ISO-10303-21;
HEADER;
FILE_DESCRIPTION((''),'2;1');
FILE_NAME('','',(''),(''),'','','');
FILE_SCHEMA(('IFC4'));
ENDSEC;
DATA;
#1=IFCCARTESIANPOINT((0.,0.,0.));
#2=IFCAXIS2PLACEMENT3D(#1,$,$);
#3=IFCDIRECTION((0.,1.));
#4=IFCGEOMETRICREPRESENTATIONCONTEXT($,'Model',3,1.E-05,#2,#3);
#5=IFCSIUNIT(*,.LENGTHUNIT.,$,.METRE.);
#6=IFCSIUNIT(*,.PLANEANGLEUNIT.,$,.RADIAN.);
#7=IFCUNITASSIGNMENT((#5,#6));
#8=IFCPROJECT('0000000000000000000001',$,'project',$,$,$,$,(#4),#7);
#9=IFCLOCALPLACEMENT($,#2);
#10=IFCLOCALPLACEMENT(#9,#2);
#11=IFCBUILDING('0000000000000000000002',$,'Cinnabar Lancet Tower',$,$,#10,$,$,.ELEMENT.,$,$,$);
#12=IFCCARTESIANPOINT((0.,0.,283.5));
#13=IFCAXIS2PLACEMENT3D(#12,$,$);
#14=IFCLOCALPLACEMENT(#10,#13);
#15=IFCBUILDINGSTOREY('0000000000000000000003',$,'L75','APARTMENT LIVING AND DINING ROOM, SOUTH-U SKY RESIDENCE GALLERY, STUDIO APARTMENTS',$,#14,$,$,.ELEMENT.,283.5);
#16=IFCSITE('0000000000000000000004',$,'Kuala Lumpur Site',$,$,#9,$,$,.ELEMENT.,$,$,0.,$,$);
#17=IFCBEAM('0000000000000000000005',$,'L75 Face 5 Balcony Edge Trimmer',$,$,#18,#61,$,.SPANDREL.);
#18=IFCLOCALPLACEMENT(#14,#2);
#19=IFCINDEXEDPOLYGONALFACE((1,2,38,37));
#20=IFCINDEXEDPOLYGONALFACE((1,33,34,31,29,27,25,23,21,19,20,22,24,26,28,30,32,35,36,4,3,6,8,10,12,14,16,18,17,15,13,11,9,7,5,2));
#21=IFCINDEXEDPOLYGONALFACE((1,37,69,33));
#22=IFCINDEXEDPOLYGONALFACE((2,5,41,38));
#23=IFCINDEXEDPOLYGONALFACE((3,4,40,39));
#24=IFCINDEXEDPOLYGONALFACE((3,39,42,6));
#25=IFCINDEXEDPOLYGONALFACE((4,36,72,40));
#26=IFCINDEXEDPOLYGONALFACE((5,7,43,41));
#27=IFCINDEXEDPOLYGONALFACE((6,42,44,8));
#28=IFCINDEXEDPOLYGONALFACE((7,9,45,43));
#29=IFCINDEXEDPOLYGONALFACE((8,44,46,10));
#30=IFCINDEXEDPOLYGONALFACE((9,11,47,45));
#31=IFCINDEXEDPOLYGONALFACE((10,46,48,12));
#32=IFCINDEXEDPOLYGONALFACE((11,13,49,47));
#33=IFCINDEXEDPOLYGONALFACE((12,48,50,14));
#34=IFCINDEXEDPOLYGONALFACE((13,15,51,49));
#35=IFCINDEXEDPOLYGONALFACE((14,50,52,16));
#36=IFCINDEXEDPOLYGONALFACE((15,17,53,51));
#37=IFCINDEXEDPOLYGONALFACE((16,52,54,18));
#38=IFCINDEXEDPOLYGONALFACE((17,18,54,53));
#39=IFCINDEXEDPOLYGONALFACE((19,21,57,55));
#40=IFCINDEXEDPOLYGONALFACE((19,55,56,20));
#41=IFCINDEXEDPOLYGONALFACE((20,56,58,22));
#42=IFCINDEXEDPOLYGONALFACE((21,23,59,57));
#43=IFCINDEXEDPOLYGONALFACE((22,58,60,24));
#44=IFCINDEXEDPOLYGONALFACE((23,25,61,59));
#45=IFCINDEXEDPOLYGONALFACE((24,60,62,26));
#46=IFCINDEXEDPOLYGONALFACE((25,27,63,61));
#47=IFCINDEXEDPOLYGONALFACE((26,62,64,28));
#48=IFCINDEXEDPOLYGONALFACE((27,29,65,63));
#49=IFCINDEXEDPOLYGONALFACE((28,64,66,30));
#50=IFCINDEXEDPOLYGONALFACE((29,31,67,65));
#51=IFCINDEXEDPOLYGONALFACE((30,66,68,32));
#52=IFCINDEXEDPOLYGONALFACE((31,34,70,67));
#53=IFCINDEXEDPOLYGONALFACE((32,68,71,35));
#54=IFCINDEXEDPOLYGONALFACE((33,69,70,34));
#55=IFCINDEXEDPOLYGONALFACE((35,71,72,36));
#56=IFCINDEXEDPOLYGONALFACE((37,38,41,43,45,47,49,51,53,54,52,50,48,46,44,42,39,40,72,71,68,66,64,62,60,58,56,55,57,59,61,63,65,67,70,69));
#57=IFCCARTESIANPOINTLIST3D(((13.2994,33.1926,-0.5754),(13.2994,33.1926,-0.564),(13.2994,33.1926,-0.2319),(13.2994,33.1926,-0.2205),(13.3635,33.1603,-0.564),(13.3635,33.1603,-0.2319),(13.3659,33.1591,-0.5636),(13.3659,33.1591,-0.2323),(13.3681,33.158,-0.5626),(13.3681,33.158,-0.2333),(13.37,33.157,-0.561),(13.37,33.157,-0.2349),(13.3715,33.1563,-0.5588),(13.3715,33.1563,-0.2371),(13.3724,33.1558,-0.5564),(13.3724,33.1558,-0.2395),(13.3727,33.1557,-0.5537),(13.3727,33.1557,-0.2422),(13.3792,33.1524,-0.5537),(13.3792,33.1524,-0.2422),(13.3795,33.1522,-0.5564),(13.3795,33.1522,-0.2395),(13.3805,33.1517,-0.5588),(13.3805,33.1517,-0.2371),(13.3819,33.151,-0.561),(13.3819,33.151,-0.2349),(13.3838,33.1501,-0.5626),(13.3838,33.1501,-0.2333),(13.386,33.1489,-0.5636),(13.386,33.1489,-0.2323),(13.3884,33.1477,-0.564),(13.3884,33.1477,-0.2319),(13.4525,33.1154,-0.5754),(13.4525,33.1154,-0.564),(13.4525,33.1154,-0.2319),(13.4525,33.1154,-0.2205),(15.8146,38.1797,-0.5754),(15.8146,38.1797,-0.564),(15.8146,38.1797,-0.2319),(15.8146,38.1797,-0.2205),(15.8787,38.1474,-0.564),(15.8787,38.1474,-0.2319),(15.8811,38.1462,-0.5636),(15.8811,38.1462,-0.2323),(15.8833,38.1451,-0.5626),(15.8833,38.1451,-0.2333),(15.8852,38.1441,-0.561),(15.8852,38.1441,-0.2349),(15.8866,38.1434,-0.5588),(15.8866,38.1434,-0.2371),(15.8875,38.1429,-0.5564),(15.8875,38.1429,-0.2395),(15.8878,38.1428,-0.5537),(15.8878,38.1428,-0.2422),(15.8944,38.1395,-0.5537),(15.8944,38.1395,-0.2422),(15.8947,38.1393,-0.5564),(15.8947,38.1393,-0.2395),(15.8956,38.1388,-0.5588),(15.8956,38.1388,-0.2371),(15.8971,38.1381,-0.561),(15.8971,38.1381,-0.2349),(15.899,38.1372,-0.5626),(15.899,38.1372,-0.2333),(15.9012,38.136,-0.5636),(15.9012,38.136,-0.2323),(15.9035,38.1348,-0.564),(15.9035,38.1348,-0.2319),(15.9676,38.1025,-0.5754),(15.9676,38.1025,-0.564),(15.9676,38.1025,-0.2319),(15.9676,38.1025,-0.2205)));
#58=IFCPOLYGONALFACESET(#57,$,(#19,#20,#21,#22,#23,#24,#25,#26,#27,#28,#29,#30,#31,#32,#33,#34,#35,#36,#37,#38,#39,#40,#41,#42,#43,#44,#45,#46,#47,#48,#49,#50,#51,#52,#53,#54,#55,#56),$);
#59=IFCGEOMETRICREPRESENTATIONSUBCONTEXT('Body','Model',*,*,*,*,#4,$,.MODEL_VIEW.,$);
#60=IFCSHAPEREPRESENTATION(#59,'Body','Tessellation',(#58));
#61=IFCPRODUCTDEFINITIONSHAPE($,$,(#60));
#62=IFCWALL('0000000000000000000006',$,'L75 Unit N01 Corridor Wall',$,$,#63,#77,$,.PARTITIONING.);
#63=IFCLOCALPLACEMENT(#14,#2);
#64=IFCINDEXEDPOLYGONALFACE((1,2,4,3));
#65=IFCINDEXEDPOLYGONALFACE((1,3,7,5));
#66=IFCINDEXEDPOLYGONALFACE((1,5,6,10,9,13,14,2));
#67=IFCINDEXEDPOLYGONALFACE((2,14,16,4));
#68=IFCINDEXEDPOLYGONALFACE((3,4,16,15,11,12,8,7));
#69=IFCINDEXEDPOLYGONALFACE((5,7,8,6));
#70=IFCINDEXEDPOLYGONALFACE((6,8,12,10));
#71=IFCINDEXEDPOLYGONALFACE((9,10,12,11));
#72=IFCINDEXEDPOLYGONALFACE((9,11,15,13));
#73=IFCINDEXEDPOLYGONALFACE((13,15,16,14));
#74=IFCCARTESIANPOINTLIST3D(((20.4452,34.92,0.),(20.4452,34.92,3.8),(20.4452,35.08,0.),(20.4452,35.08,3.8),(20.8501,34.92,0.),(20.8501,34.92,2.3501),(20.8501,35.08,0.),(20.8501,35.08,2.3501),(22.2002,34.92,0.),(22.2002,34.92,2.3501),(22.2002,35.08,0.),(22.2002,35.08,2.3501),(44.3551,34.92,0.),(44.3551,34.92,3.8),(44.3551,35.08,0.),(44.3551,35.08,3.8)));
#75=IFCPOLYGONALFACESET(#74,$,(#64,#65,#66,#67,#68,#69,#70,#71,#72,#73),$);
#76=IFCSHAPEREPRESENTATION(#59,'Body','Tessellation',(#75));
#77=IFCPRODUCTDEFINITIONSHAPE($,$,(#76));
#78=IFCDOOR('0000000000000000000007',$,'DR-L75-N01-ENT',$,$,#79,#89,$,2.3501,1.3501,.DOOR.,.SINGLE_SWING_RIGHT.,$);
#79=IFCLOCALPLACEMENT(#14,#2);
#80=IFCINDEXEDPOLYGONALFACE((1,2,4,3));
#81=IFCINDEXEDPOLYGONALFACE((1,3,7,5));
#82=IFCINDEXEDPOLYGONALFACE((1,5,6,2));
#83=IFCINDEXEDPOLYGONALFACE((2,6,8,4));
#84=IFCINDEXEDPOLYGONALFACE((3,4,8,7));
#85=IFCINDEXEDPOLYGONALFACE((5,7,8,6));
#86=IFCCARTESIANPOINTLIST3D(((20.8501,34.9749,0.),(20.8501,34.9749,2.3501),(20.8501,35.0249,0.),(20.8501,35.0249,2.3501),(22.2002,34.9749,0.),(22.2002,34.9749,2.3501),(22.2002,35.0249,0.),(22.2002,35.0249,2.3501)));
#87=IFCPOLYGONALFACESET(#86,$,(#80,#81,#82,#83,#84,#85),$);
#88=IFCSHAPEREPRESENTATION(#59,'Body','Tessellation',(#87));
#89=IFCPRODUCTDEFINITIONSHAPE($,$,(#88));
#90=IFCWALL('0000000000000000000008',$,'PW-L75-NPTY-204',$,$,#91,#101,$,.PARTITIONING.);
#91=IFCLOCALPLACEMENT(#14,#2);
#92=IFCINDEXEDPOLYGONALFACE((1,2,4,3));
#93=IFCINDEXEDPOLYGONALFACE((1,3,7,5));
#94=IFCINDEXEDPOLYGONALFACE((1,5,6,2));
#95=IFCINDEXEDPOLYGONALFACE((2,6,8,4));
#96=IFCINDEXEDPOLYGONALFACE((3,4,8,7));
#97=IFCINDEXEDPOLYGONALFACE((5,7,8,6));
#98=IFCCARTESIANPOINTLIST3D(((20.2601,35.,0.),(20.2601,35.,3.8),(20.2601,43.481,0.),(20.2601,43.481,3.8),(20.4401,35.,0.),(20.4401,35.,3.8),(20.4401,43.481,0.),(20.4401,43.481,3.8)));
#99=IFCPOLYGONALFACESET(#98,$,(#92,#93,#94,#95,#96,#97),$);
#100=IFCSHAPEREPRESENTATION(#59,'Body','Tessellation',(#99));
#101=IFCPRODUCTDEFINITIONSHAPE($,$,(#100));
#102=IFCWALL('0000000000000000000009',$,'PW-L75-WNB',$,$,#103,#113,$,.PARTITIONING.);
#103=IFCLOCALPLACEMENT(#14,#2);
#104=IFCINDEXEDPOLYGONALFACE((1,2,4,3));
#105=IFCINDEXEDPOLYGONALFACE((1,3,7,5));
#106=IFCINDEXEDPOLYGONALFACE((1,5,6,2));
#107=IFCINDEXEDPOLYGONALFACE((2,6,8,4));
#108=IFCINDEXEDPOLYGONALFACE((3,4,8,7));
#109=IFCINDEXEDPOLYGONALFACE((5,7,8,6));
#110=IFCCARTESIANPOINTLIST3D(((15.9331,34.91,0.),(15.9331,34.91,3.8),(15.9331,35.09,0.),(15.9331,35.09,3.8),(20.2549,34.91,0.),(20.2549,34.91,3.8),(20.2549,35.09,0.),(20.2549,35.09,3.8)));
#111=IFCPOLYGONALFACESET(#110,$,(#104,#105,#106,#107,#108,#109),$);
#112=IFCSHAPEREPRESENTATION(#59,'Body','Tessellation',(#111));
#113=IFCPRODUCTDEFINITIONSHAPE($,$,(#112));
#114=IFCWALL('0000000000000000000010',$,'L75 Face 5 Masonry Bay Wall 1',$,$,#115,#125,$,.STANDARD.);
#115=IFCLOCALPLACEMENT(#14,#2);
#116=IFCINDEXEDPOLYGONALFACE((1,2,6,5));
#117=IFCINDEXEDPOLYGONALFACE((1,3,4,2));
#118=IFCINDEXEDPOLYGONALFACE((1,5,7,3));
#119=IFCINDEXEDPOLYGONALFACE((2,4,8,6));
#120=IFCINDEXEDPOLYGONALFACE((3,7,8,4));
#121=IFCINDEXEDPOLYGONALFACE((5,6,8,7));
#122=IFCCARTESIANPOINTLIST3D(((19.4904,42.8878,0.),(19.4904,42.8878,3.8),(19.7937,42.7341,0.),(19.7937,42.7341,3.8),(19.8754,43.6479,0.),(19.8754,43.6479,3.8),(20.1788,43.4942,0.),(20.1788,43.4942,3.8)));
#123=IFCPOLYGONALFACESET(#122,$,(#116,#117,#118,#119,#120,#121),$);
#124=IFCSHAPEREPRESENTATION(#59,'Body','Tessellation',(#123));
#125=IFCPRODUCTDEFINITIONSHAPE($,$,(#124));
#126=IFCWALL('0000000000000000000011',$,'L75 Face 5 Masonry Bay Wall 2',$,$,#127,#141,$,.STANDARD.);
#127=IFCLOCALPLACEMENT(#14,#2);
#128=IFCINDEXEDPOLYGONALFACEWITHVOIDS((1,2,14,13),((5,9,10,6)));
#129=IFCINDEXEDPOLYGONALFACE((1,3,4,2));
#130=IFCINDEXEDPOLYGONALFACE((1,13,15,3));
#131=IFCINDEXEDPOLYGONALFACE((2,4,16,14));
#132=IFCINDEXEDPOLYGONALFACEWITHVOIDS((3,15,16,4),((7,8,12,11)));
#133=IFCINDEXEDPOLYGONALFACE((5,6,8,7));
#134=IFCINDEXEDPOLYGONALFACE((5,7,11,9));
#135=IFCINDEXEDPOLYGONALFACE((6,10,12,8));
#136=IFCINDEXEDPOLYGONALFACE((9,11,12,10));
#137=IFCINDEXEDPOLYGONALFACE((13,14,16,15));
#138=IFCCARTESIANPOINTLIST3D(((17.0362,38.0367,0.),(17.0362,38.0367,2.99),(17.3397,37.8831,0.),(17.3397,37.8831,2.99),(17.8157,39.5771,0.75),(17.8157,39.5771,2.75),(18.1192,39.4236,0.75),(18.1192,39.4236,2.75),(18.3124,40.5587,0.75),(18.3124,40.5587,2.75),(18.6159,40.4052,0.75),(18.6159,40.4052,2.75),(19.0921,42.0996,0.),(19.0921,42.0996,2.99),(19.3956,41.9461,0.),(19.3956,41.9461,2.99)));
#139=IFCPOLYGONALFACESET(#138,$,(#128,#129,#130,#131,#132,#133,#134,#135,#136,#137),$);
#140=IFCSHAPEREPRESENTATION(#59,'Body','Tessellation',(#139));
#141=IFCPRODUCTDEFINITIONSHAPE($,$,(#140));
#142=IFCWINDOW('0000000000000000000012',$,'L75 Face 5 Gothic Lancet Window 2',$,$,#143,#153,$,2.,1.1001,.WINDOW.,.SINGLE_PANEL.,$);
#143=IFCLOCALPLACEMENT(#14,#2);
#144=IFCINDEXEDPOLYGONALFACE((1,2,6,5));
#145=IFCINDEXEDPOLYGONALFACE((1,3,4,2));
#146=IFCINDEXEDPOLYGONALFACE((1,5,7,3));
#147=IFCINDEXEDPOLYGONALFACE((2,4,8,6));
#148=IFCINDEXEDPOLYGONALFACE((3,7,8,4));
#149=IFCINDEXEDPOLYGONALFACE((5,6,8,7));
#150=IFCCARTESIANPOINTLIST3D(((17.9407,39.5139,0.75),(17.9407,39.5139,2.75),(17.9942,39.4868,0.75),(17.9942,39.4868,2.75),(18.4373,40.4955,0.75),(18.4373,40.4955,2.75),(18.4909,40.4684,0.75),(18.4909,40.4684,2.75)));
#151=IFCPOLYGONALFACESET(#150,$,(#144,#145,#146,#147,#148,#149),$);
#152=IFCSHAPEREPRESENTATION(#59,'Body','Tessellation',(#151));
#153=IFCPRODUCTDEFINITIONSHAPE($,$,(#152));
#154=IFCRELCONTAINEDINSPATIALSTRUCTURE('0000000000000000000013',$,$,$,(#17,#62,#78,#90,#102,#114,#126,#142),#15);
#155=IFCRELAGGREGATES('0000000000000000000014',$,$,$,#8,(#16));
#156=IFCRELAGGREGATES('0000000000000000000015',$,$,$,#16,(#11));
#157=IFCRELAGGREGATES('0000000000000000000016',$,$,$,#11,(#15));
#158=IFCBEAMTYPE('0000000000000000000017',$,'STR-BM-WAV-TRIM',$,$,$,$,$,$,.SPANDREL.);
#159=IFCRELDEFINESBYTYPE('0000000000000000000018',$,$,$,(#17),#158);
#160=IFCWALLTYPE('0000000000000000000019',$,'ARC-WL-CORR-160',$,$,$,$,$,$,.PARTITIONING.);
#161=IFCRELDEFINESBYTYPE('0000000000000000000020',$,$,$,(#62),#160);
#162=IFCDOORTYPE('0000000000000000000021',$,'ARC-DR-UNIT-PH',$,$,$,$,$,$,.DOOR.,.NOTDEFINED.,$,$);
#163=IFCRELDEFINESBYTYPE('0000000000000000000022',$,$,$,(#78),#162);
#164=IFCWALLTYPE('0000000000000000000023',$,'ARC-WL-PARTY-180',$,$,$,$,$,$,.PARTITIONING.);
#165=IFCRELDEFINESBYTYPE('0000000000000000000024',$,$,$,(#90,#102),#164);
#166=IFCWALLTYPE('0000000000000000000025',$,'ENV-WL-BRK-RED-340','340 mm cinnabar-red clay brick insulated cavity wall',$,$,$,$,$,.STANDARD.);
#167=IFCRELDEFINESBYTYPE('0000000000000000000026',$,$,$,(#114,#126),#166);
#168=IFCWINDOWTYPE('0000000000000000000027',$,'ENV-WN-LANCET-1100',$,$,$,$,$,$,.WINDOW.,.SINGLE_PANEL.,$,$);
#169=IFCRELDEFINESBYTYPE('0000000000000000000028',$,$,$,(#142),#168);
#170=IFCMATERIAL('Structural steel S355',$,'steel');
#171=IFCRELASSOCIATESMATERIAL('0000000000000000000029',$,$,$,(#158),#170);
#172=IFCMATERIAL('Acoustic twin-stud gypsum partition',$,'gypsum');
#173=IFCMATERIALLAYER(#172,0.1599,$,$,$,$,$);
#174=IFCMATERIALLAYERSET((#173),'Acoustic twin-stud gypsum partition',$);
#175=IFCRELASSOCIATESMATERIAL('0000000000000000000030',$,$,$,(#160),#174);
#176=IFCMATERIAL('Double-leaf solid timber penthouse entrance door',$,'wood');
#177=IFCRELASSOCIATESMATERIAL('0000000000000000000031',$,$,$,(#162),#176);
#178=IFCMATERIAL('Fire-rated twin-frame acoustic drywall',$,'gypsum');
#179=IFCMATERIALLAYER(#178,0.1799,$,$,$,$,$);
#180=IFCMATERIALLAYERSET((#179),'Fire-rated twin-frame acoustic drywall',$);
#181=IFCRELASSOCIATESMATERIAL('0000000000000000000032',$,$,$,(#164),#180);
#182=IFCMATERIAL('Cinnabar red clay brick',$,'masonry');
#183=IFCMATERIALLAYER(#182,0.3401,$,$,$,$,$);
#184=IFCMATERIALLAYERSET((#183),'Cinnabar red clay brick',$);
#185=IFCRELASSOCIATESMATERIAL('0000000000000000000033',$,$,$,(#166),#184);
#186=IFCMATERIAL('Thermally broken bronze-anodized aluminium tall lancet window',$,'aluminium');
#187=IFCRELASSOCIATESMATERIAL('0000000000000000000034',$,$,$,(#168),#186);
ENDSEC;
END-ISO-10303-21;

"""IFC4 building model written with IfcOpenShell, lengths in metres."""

from ifc_helpers import new_model, si_unit, direction, frame, frame_2d, origin, origin_2d, place, context, subcontext, project, spatial, rectangle, i_section, extrude, material, layer, layer_set, material_profile, profile_set, type_object, element, fill, save


model = new_model("IFC4")

# Units and contexts
model_context = context("Model", 3, precision=1e-05, world=origin(), true_north=direction((0.0, 1.0)))
body_context = subcontext(model_context, "Body", "Model", "MODEL_VIEW")
ifc_project = project(units=[si_unit("LENGTHUNIT", "METRE"), si_unit("PLANEANGLEUNIT", "RADIAN")], contexts=[model_context])

# Site, building, storey
site_placement = place(None, origin())
site = spatial("IfcSite", under=ifc_project, at=site_placement, Name="Kuala Lumpur Site", CompositionType="ELEMENT", RefElevation=0.0)
building_placement = place(site_placement, origin())
building = spatial("IfcBuilding", under=site, at=building_placement, Name="Cinnabar Lancet Tower", CompositionType="ELEMENT")
storey_placement = place(building_placement, frame((0.0, 0.0, 283.5)))
storey = spatial("IfcBuildingStorey", under=building, at=storey_placement, Name="L75", Description="APARTMENT LIVING AND DINING ROOM, SOUTH-U SKY RESIDENCE GALLERY, STUDIO APARTMENTS", CompositionType="ELEMENT", Elevation=283.5)

# Beam
ifc_material_1 = material(Name="Structural steel S355", Category="steel")
ifc_material_profile_1 = material_profile(ifc_material_1, i_section(OverallWidth=0.1714, OverallDepth=0.355, WebThickness=0.0073, FlangeThickness=0.0115, FilletRadius=0.0103, at=origin_2d()), Name="UKB 356x171x51")
ifc_profile_set_1 = profile_set([ifc_material_profile_1], Name="Structural steel S355")
beam_type_1 = type_object("IfcBeamType", Name="STR-BM-WAV-TRIM", PredefinedType="SPANDREL", material=ifc_profile_set_1)
beam_1_placement = place(storey_placement, frame((15.8911, 38.1411, -0.3979), z_axis=(-0.450306, -0.892874, 0.0), x_axis=(0.892874, -0.450306, 0.0)))
element("IfcBeam", 1, at=beam_1_placement, inside=storey, type_object=beam_type_1, Name="L75 Face 5 Balcony Edge Trimmer", PredefinedType="SPANDREL", context=body_context, shape_type="SweptSolid", body=[
    extrude(i_section(OverallWidth=0.1714, OverallDepth=0.355, WebThickness=0.0073, FlangeThickness=0.0115, FilletRadius=0.0103, at=origin_2d()), origin(), (0.0, 0.0, 1.0), 5.5854),
])

# Wall, opening, door
ifc_material_2 = material(Name="Acoustic twin-stud gypsum partition", Category="gypsum")
ifc_layer_1 = layer(ifc_material_2, 0.1599)
ifc_layer_set_1 = layer_set([ifc_layer_1], Name="Acoustic twin-stud gypsum partition")
wall_type_1 = type_object("IfcWallType", Name="ARC-WL-CORR-160", PredefinedType="PARTITIONING", material=ifc_layer_set_1)
wall_1_placement = place(storey_placement, frame((20.4451, 35.0, 0.0), z_axis=(0.0, 0.0, 1.0), x_axis=(1.0, 0.0, 0.0)))
wall_1 = element("IfcWall", 2, at=wall_1_placement, inside=storey, type_object=wall_type_1, Name="L75 Unit N01 Corridor Wall", PredefinedType="PARTITIONING", context=body_context, shape_type="SweptSolid", body=[
    extrude(rectangle(XDim=23.9099, YDim=0.1599, at=frame_2d((11.9551, 0.0))), origin(), (0.0, 0.0, 1.0), 3.8),
])
opening_1_placement = place(wall_1_placement, frame((0.405, 0.0, 0.0)))
opening_1 = element("IfcOpeningElement", 3, at=opening_1_placement, cuts=wall_1, PredefinedType="OPENING", context=body_context, shape_type="SweptSolid", body=[
    extrude(rectangle(XDim=1.3501, YDim=2.3501, at=frame_2d((0.675, 1.175))), frame((0.0, 0.0898, 0.0), z_axis=(0.0, -1.0, 0.0), x_axis=(1.0, 0.0, 0.0)), (0.0, 0.0, 1.0), 0.1799),
])
ifc_material_3 = material(Name="Double-leaf solid timber penthouse entrance door", Category="wood")
door_type_1 = type_object("IfcDoorType", Name="ARC-DR-UNIT-PH", OperationType="NOTDEFINED", PredefinedType="DOOR", material=ifc_material_3)
door_1_placement = place(opening_1_placement, origin())
door_1 = element("IfcDoor", 4, at=door_1_placement, inside=storey, type_object=door_type_1, Name="DR-L75-N01-ENT", OperationType="SINGLE_SWING_RIGHT", OverallHeight=2.3501, OverallWidth=1.3501, PredefinedType="DOOR", context=body_context, shape_type="SweptSolid", body=[
    extrude(rectangle(XDim=1.3501, YDim=2.3501, at=frame_2d((0.675, 1.175))), frame((0.0, 0.0249, 0.0), z_axis=(0.0, -1.0, 0.0), x_axis=(1.0, 0.0, 0.0)), (0.0, 0.0, 1.0), 0.05),
])
fill(opening_1, door_1)

# Walls
ifc_material_4 = material(Name="Fire-rated twin-frame acoustic drywall", Category="gypsum")
ifc_layer_2 = layer(ifc_material_4, 0.1799)
ifc_layer_set_2 = layer_set([ifc_layer_2], Name="Fire-rated twin-frame acoustic drywall")
wall_type_2 = type_object("IfcWallType", Name="ARC-WL-PARTY-180", PredefinedType="PARTITIONING", material=ifc_layer_set_2)
wall_2_placement = place(storey_placement, frame((20.3501, 35.0, 0.0), z_axis=(0.0, 0.0, 1.0), x_axis=(0.0, 1.0, 0.0)))
element("IfcWall", 5, at=wall_2_placement, inside=storey, type_object=wall_type_2, Name="PW-L75-NPTY-204", PredefinedType="PARTITIONING", context=body_context, shape_type="SweptSolid", body=[
    extrude(rectangle(XDim=8.481, YDim=0.1799, at=frame_2d((4.2405, 0.0))), origin(), (0.0, 0.0, 1.0), 3.8),
])
wall_3_placement = place(storey_placement, frame((15.9331, 35.0, 0.0), z_axis=(0.0, 0.0, 1.0), x_axis=(1.0, 0.0, 0.0)))
element("IfcWall", 6, at=wall_3_placement, inside=storey, type_object=wall_type_2, Name="PW-L75-WNB", PredefinedType="PARTITIONING", context=body_context, shape_type="SweptSolid", body=[
    extrude(rectangle(XDim=4.3218, YDim=0.1799, at=frame_2d((2.1609, 0.0))), origin(), (0.0, 0.0, 1.0), 3.8),
])
ifc_material_5 = material(Name="Cinnabar red clay brick", Category="masonry")
ifc_layer_3 = layer(ifc_material_5, 0.3401)
ifc_layer_set_3 = layer_set([ifc_layer_3], Name="Cinnabar red clay brick")
wall_type_3 = type_object("IfcWallType", Name="ENV-WL-BRK-RED-340", Description="340 mm cinnabar-red clay brick insulated cavity wall", PredefinedType="STANDARD", material=ifc_layer_set_3)
wall_4_placement = place(storey_placement, frame((20.0271, 43.571, 0.0), z_axis=(0.0, 0.0, 1.0), x_axis=(-0.451907, -0.892065, 0.0)))
element("IfcWall", 7, at=wall_4_placement, inside=storey, type_object=wall_type_3, Name="L75 Face 5 Masonry Bay Wall 1", PredefinedType="STANDARD", context=body_context, shape_type="SweptSolid", body=[
    extrude(rectangle(XDim=0.8521, YDim=0.3401, at=frame_2d((0.426, 0.0))), origin(), (0.0, 0.0, 1.0), 3.8),
])

# Wall, opening, window
wall_5_placement = place(storey_placement, frame((19.2439, 42.0229, 0.0), z_axis=(0.0, 0.0, 1.0), x_axis=(-0.451498, -0.892272, 0.0)))
wall_5 = element("IfcWall", 8, at=wall_5_placement, inside=storey, type_object=wall_type_3, Name="L75 Face 5 Masonry Bay Wall 2", PredefinedType="STANDARD", context=body_context, shape_type="SweptSolid", body=[
    extrude(rectangle(XDim=4.5535, YDim=0.3401, at=frame_2d((2.2769, 0.0))), origin(), (0.0, 0.0, 1.0), 2.99),
])
opening_2_placement = place(wall_5_placement, frame((1.7271, 0.0, 0.75)))
opening_2 = element("IfcOpeningElement", 9, at=opening_2_placement, cuts=wall_5, PredefinedType="OPENING", context=body_context, shape_type="SweptSolid", body=[
    extrude(rectangle(XDim=1.1001, YDim=2.0, at=frame_2d((0.55, 1.0))), frame((0.0, 0.1799, 0.0), z_axis=(0.0, -1.0, 0.0), x_axis=(1.0, 0.0, 0.0)), (0.0, 0.0, 1.0), 0.3601),
])
ifc_material_6 = material(Name="Thermally broken bronze-anodized aluminium tall lancet window", Category="aluminium")
window_type = type_object("IfcWindowType", Name="ENV-WN-LANCET-1100", PartitioningType="SINGLE_PANEL", PredefinedType="WINDOW", material=ifc_material_6)
window_1_placement = place(opening_2_placement, origin())
window_1 = element("IfcWindow", 10, at=window_1_placement, inside=storey, type_object=window_type, Name="L75 Face 5 Gothic Lancet Window 2", OverallHeight=2.0, OverallWidth=1.1001, PartitioningType="SINGLE_PANEL", PredefinedType="WINDOW", context=body_context, shape_type="SweptSolid", body=[
    extrude(rectangle(XDim=1.1001, YDim=2.0, at=frame_2d((0.55, 1.0))), frame((0.0, 0.03, 0.0), z_axis=(0.0, -1.0, 0.0), x_axis=(1.0, 0.0, 0.0)), (0.0, 0.0, 1.0), 0.0601),
])
fill(opening_2, window_1)

save(model, "model.ifc")
